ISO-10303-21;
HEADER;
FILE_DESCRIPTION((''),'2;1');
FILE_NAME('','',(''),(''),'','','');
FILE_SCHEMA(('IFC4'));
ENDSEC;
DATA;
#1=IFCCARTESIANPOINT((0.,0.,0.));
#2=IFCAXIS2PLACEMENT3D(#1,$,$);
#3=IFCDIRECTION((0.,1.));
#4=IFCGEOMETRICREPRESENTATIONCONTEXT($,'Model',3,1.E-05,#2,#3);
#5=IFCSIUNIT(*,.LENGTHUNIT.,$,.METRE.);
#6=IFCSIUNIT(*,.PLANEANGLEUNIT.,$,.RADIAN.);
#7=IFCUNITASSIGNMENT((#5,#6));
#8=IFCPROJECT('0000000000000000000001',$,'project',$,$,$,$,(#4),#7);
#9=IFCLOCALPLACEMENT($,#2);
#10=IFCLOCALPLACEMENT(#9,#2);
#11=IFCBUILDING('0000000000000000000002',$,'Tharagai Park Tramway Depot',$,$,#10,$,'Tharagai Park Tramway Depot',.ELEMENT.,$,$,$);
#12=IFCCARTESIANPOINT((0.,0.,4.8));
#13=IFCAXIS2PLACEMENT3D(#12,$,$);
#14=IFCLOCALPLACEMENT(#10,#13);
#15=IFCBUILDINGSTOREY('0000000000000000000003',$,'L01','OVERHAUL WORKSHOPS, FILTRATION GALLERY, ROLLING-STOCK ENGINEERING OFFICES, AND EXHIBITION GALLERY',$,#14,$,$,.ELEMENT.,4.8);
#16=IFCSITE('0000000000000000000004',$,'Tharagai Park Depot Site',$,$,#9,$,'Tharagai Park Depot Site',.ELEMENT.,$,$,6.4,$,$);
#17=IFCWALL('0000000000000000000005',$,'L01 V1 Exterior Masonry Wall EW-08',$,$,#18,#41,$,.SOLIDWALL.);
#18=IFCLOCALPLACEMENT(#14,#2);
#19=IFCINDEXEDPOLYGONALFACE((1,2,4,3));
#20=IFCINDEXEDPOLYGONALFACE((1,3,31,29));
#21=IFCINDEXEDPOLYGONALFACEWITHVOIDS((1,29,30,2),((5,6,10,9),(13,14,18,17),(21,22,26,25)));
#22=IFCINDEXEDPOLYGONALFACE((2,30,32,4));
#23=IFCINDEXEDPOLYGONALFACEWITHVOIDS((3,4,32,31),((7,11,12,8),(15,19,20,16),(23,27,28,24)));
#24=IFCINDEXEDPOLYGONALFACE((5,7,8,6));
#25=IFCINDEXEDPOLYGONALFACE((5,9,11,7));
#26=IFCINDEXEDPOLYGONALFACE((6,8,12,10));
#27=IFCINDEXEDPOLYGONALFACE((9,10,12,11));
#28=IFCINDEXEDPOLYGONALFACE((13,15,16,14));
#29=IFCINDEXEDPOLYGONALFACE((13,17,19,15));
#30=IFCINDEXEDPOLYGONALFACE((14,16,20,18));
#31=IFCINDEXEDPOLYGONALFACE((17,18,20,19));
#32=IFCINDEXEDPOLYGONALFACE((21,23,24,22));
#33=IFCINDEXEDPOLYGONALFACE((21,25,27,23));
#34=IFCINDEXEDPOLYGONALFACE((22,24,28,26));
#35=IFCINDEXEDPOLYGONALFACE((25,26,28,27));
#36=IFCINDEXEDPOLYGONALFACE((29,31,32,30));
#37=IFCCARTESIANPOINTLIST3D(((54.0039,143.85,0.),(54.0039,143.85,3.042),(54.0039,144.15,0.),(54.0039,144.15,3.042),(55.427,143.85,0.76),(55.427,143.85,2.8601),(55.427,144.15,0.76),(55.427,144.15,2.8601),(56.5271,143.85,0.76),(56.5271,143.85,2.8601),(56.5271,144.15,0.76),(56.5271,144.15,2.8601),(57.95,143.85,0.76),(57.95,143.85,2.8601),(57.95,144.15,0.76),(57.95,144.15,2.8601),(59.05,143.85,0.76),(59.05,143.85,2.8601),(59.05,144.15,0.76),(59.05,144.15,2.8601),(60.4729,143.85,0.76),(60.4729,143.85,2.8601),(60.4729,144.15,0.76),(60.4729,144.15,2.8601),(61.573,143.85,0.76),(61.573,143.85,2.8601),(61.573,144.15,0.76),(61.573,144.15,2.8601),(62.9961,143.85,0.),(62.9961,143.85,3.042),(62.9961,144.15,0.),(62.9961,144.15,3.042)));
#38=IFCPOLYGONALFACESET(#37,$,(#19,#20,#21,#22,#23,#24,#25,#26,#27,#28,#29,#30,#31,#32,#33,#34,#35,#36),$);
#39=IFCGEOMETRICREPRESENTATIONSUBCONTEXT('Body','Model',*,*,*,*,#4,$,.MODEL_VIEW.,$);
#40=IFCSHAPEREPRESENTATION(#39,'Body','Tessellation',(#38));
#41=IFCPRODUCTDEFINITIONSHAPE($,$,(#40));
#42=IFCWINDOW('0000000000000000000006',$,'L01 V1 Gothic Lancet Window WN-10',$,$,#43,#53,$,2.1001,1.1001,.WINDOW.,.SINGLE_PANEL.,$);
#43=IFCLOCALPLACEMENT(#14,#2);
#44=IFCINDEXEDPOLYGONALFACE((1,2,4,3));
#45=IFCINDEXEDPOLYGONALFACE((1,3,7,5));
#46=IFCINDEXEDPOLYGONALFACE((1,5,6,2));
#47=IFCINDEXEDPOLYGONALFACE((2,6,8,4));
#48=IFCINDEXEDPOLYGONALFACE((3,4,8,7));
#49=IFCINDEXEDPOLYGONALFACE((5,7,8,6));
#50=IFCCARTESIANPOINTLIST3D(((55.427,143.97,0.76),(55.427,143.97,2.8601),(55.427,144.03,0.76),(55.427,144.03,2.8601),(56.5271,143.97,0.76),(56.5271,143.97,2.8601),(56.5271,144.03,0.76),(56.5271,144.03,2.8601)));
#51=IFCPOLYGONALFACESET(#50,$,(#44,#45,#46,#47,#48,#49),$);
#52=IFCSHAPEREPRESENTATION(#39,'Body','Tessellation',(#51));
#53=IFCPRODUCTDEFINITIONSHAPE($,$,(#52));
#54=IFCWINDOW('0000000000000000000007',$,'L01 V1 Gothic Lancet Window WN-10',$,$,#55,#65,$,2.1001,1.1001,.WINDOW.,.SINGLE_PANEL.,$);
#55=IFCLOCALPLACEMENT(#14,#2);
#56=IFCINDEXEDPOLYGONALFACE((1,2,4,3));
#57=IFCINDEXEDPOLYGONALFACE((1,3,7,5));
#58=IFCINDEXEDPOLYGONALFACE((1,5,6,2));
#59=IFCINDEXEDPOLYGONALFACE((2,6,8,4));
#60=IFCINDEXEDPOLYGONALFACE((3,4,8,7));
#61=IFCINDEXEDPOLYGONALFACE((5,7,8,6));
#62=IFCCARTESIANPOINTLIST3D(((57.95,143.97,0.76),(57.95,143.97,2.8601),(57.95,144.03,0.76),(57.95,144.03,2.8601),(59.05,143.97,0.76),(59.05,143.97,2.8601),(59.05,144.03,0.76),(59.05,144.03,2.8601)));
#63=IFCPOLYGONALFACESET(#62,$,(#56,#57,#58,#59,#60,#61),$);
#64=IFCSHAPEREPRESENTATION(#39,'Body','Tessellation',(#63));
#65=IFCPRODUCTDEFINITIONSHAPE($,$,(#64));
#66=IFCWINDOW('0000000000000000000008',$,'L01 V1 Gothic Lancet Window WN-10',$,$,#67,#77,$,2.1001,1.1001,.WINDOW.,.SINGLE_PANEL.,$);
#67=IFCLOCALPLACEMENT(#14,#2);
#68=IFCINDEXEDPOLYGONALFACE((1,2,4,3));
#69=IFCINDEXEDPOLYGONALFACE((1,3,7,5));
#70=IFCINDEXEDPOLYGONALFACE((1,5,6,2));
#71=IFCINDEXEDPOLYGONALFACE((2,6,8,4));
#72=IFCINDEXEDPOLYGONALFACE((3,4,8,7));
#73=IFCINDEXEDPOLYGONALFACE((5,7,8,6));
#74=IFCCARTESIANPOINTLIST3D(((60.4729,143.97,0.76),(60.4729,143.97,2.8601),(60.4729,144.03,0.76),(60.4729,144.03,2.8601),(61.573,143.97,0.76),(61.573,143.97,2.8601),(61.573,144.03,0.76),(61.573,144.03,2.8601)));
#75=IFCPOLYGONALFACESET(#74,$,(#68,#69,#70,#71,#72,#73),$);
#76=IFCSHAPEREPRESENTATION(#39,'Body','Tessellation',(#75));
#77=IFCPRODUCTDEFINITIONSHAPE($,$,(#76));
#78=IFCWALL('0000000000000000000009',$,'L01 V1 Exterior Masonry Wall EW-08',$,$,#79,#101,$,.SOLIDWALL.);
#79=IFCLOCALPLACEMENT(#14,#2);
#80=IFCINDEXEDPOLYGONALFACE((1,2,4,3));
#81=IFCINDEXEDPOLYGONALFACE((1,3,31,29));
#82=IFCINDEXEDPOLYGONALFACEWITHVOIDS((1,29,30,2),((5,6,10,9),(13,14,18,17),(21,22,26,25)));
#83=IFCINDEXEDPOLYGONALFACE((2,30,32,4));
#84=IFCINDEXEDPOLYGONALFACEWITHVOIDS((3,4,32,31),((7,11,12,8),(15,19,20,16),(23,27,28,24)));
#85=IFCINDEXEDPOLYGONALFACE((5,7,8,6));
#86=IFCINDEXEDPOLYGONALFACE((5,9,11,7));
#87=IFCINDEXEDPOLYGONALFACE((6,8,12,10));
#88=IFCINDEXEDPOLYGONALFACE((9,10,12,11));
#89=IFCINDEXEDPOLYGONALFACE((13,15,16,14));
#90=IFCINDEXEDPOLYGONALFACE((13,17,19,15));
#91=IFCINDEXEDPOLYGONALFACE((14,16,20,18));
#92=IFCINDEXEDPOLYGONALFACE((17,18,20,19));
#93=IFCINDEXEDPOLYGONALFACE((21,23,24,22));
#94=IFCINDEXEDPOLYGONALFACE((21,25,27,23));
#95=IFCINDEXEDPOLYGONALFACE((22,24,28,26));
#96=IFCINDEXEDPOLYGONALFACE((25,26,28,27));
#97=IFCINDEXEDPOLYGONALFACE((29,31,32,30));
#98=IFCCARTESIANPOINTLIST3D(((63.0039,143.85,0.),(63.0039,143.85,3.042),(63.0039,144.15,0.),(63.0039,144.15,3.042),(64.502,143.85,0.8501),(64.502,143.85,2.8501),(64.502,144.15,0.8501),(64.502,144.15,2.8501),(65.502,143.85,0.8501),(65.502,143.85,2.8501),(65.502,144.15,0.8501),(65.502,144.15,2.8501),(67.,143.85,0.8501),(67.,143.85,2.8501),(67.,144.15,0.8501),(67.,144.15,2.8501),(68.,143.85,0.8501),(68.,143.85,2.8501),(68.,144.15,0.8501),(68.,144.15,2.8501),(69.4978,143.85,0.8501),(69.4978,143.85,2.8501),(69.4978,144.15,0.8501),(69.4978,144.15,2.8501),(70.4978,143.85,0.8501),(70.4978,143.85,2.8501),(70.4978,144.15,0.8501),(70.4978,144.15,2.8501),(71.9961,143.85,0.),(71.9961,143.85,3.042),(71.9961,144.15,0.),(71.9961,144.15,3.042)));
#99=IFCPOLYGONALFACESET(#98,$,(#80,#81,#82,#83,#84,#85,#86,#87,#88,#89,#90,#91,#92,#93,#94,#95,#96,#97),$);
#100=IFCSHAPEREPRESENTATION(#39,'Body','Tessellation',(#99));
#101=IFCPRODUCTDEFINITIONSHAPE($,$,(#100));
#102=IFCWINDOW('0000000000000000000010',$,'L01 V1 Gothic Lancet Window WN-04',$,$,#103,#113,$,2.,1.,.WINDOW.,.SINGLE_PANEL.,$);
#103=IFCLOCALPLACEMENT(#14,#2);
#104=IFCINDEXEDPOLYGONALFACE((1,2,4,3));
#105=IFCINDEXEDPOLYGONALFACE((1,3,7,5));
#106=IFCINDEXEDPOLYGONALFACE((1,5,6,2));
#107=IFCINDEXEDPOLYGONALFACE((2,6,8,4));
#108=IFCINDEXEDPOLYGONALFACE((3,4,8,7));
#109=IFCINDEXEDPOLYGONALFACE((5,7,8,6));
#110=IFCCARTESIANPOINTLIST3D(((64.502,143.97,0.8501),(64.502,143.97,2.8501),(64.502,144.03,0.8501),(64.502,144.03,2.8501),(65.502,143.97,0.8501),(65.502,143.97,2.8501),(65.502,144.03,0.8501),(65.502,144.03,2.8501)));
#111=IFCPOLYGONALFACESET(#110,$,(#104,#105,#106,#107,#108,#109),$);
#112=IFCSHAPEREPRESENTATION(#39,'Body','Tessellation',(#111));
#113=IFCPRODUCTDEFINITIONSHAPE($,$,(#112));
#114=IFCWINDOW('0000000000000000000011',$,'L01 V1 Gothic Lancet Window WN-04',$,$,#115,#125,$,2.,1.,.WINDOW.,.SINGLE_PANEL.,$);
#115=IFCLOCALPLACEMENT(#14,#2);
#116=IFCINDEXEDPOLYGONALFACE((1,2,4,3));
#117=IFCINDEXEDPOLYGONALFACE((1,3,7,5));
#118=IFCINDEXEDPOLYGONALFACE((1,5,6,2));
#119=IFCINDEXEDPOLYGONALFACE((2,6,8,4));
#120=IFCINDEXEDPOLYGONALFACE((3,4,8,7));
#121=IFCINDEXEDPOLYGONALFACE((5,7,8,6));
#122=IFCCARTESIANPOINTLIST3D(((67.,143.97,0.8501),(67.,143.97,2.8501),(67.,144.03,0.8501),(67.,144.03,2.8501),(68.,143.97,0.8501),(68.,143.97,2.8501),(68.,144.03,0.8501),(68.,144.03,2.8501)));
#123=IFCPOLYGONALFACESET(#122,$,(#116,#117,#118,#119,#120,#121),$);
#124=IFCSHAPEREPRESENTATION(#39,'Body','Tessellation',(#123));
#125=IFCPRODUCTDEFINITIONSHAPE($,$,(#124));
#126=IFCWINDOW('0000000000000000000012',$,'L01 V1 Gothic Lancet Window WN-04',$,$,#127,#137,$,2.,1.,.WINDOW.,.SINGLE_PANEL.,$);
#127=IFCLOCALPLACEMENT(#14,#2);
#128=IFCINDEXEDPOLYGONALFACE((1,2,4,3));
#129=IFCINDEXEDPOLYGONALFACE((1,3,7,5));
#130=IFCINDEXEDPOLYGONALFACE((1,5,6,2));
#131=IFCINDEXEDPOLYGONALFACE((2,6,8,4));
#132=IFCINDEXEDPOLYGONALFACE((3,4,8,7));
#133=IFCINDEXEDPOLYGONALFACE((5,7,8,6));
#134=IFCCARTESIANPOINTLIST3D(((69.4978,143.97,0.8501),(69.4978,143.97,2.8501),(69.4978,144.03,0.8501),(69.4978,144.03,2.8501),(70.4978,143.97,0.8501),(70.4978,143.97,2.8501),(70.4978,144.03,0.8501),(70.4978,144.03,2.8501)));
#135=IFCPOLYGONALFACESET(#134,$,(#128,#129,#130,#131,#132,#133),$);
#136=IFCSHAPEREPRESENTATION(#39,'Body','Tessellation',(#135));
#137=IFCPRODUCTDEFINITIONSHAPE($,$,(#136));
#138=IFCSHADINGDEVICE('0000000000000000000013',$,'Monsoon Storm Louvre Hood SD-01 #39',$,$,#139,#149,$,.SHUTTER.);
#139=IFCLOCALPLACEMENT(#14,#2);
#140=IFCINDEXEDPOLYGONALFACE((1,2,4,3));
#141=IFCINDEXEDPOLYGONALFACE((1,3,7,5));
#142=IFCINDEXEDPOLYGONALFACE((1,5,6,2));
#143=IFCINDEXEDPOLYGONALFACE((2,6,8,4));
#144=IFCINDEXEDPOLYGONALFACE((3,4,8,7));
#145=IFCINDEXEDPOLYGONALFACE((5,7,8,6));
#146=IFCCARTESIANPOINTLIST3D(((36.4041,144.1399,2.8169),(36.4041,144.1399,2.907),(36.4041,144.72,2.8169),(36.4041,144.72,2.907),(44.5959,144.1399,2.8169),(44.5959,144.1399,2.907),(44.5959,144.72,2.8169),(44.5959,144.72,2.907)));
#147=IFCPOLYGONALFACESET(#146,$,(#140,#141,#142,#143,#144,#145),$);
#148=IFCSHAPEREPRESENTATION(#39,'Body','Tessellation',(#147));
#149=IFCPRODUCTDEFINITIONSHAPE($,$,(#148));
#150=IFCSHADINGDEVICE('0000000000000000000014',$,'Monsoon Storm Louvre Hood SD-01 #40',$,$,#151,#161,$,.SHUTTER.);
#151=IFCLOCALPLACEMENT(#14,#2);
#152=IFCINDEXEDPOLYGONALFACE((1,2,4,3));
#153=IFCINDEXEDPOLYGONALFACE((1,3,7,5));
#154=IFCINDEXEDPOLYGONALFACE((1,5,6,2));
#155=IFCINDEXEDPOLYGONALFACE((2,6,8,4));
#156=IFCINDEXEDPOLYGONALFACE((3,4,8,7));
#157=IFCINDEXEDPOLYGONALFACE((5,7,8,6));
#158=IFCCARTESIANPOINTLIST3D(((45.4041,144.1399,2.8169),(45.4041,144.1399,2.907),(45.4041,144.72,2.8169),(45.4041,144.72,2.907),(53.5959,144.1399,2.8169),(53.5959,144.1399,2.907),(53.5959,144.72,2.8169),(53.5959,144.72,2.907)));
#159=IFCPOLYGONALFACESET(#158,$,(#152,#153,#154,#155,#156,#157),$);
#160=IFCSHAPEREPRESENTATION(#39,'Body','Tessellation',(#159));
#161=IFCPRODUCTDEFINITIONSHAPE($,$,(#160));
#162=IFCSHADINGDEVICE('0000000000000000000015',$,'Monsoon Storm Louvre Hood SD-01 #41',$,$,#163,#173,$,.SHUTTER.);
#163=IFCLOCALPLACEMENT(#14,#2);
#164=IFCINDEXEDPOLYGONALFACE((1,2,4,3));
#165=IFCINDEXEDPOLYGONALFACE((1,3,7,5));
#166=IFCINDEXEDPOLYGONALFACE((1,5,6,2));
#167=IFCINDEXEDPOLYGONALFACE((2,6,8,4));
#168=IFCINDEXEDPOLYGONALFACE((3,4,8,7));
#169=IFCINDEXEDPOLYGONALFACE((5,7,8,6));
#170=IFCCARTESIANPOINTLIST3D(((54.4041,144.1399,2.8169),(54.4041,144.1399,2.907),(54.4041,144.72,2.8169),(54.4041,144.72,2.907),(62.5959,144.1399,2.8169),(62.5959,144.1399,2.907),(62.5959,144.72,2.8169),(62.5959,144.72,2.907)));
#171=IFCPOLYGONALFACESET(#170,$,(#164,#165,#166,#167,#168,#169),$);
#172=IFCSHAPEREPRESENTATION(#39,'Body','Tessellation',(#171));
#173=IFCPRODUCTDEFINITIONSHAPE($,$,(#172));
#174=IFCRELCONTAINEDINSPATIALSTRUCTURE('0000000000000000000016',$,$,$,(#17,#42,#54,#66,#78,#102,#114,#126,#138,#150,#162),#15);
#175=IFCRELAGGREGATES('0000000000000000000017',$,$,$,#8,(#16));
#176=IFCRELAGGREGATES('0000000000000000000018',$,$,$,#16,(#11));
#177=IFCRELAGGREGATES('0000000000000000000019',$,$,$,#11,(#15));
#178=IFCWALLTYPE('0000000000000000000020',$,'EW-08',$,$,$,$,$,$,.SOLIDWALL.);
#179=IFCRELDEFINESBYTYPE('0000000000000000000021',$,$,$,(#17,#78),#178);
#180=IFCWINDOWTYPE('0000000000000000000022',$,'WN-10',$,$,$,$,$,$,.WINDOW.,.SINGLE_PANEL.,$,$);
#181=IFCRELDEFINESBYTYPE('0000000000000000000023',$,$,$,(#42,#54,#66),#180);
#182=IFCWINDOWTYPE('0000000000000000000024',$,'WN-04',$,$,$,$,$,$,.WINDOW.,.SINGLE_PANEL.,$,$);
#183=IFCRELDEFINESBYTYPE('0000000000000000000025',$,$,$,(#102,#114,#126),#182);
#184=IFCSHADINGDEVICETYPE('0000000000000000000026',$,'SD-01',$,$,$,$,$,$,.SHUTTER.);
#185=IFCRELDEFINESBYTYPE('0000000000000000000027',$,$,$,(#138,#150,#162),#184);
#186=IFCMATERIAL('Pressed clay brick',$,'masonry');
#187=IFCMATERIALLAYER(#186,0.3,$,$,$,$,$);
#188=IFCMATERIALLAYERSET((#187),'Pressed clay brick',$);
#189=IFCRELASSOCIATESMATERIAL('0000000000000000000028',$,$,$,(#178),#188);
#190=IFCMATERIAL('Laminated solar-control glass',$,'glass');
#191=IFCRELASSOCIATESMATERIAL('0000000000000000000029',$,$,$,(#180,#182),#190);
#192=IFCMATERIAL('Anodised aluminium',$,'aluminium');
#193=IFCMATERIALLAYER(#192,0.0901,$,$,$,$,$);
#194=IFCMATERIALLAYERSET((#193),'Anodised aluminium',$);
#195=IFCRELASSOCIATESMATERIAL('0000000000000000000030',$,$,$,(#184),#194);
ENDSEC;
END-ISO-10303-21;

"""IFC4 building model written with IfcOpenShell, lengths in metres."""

from ifc_helpers import new_model, si_unit, direction, frame, frame_2d, origin, origin_2d, place, context, subcontext, project, spatial, rectangle, extrude, material, layer, layer_set, type_object, element, fill, save


model = new_model("IFC4")

# Units and contexts
model_context = context("Model", 3, precision=1e-05, world=origin(), true_north=direction((0.0, 1.0)))
body_context = subcontext(model_context, "Body", "Model", "MODEL_VIEW")
ifc_project = project(units=[si_unit("LENGTHUNIT", "METRE"), si_unit("PLANEANGLEUNIT", "RADIAN")], contexts=[model_context])

# Site, building, storey
site_placement = place(None, origin())
site = spatial("IfcSite", under=ifc_project, at=site_placement, Name="Tharagai Park Depot Site", LongName="Tharagai Park Depot Site", CompositionType="ELEMENT", RefElevation=6.4)
building_placement = place(site_placement, origin())
building = spatial("IfcBuilding", under=site, at=building_placement, Name="Tharagai Park Tramway Depot", LongName="Tharagai Park Tramway Depot", CompositionType="ELEMENT")
storey_placement = place(building_placement, frame((0.0, 0.0, 4.8)))
storey = spatial("IfcBuildingStorey", under=building, at=storey_placement, Name="L01", Description="OVERHAUL WORKSHOPS, FILTRATION GALLERY, ROLLING-STOCK ENGINEERING OFFICES, AND EXHIBITION GALLERY", CompositionType="ELEMENT", Elevation=4.8)

# Walls, openings, windows
ifc_material_1 = material(Name="Pressed clay brick", Category="masonry")
ifc_layer_1 = layer(ifc_material_1, 0.3)
ifc_layer_set_1 = layer_set([ifc_layer_1], Name="Pressed clay brick")
wall_type = type_object("IfcWallType", Name="EW-08", PredefinedType="SOLIDWALL", material=ifc_layer_set_1)
ifc_material_2 = material(Name="Laminated solar-control glass", Category="glass")
wall_1_placement = place(storey_placement, frame((54.0039, 144.0, 0.0), z_axis=(0.0, 0.0, 1.0), x_axis=(1.0, 0.0, 0.0)))
wall_1 = element("IfcWall", 1, at=wall_1_placement, inside=storey, type_object=wall_type, Name="L01 V1 Exterior Masonry Wall EW-08", PredefinedType="SOLIDWALL", context=body_context, shape_type="SweptSolid", body=[
    extrude(rectangle(XDim=8.9922, YDim=0.3, at=frame_2d((4.4961, 0.0))), origin(), (0.0, 0.0, 1.0), 3.042),
])
opening_1_placement = place(wall_1_placement, frame((1.4231, 0.0, 0.76)))
opening_1 = element("IfcOpeningElement", 2, at=opening_1_placement, cuts=wall_1, PredefinedType="OPENING", context=body_context, shape_type="SweptSolid", body=[
    extrude(rectangle(XDim=1.1001, YDim=2.1001, at=frame_2d((0.55, 1.05))), frame((0.0, 0.1599, 0.0), z_axis=(0.0, -1.0, 0.0), x_axis=(1.0, 0.0, 0.0)), (0.0, 0.0, 1.0), 0.3201),
])
opening_2_placement = place(wall_1_placement, frame((3.946, 0.0, 0.76)))
opening_2 = element("IfcOpeningElement", 3, at=opening_2_placement, cuts=wall_1, PredefinedType="OPENING", context=body_context, shape_type="SweptSolid", body=[
    extrude(rectangle(XDim=1.1001, YDim=2.1001, at=frame_2d((0.55, 1.05))), frame((0.0, 0.1599, 0.0), z_axis=(0.0, -1.0, 0.0), x_axis=(1.0, 0.0, 0.0)), (0.0, 0.0, 1.0), 0.3201),
])
opening_3_placement = place(wall_1_placement, frame((6.469, 0.0, 0.76)))
opening_3 = element("IfcOpeningElement", 4, at=opening_3_placement, cuts=wall_1, PredefinedType="OPENING", context=body_context, shape_type="SweptSolid", body=[
    extrude(rectangle(XDim=1.1001, YDim=2.1001, at=frame_2d((0.55, 1.05))), frame((0.0, 0.1599, 0.0), z_axis=(0.0, -1.0, 0.0), x_axis=(1.0, 0.0, 0.0)), (0.0, 0.0, 1.0), 0.3201),
])
window_type_1 = type_object("IfcWindowType", Name="WN-10", PartitioningType="SINGLE_PANEL", PredefinedType="WINDOW", material=ifc_material_2)
window_1_placement = place(opening_1_placement, origin())
window_1 = element("IfcWindow", 5, at=window_1_placement, inside=storey, type_object=window_type_1, Name="L01 V1 Gothic Lancet Window WN-10", OverallHeight=2.1001, OverallWidth=1.1001, PartitioningType="SINGLE_PANEL", PredefinedType="WINDOW", context=body_context, shape_type="SweptSolid", body=[
    extrude(rectangle(XDim=1.1001, YDim=2.1001, at=frame_2d((0.55, 1.05))), frame((0.0, 0.03, 0.0), z_axis=(0.0, -1.0, 0.0), x_axis=(1.0, 0.0, 0.0)), (0.0, 0.0, 1.0), 0.0601),
])
fill(opening_1, window_1)
window_2_placement = place(opening_2_placement, origin())
window_2 = element("IfcWindow", 6, at=window_2_placement, inside=storey, type_object=window_type_1, Name="L01 V1 Gothic Lancet Window WN-10", OverallHeight=2.1001, OverallWidth=1.1001, PartitioningType="SINGLE_PANEL", PredefinedType="WINDOW", context=body_context, shape_type="SweptSolid", body=[
    extrude(rectangle(XDim=1.1001, YDim=2.1001, at=frame_2d((0.55, 1.05))), frame((0.0, 0.03, 0.0), z_axis=(0.0, -1.0, 0.0), x_axis=(1.0, 0.0, 0.0)), (0.0, 0.0, 1.0), 0.0601),
])
fill(opening_2, window_2)
window_3_placement = place(opening_3_placement, origin())
window_3 = element("IfcWindow", 7, at=window_3_placement, inside=storey, type_object=window_type_1, Name="L01 V1 Gothic Lancet Window WN-10", OverallHeight=2.1001, OverallWidth=1.1001, PartitioningType="SINGLE_PANEL", PredefinedType="WINDOW", context=body_context, shape_type="SweptSolid", body=[
    extrude(rectangle(XDim=1.1001, YDim=2.1001, at=frame_2d((0.55, 1.05))), frame((0.0, 0.03, 0.0), z_axis=(0.0, -1.0, 0.0), x_axis=(1.0, 0.0, 0.0)), (0.0, 0.0, 1.0), 0.0601),
])
fill(opening_3, window_3)
wall_2_placement = place(storey_placement, frame((63.0039, 144.0, 0.0), z_axis=(0.0, 0.0, 1.0), x_axis=(1.0, 0.0, 0.0)))
wall_2 = element("IfcWall", 8, at=wall_2_placement, inside=storey, type_object=wall_type, Name="L01 V1 Exterior Masonry Wall EW-08", PredefinedType="SOLIDWALL", context=body_context, shape_type="SweptSolid", body=[
    extrude(rectangle(XDim=8.9922, YDim=0.3, at=frame_2d((4.4961, 0.0))), origin(), (0.0, 0.0, 1.0), 3.042),
])
opening_4_placement = place(wall_2_placement, frame((1.498, 0.0, 0.8501)))
opening_4 = element("IfcOpeningElement", 9, at=opening_4_placement, cuts=wall_2, PredefinedType="OPENING", context=body_context, shape_type="SweptSolid", body=[
    extrude(rectangle(XDim=1.0, YDim=2.0, at=frame_2d((0.5, 1.0))), frame((0.0, 0.1599, 0.0), z_axis=(0.0, -1.0, 0.0), x_axis=(1.0, 0.0, 0.0)), (0.0, 0.0, 1.0), 0.3201),
])
opening_5_placement = place(wall_2_placement, frame((3.9961, 0.0, 0.8501)))
opening_5 = element("IfcOpeningElement", 10, at=opening_5_placement, cuts=wall_2, PredefinedType="OPENING", context=body_context, shape_type="SweptSolid", body=[
    extrude(rectangle(XDim=1.0, YDim=2.0, at=frame_2d((0.5, 1.0))), frame((0.0, 0.1599, 0.0), z_axis=(0.0, -1.0, 0.0), x_axis=(1.0, 0.0, 0.0)), (0.0, 0.0, 1.0), 0.3201),
])
opening_6_placement = place(wall_2_placement, frame((6.4939, 0.0, 0.8501)))
opening_6 = element("IfcOpeningElement", 11, at=opening_6_placement, cuts=wall_2, PredefinedType="OPENING", context=body_context, shape_type="SweptSolid", body=[
    extrude(rectangle(XDim=1.0, YDim=2.0, at=frame_2d((0.5, 1.0))), frame((0.0, 0.1599, 0.0), z_axis=(0.0, -1.0, 0.0), x_axis=(1.0, 0.0, 0.0)), (0.0, 0.0, 1.0), 0.3201),
])
window_type_2 = type_object("IfcWindowType", Name="WN-04", PartitioningType="SINGLE_PANEL", PredefinedType="WINDOW", material=ifc_material_2)
window_4_placement = place(opening_4_placement, origin())
window_4 = element("IfcWindow", 12, at=window_4_placement, inside=storey, type_object=window_type_2, Name="L01 V1 Gothic Lancet Window WN-04", OverallHeight=2.0, OverallWidth=1.0, PartitioningType="SINGLE_PANEL", PredefinedType="WINDOW", context=body_context, shape_type="SweptSolid", body=[
    extrude(rectangle(XDim=1.0, YDim=2.0, at=frame_2d((0.5, 1.0))), frame((0.0, 0.03, 0.0), z_axis=(0.0, -1.0, 0.0), x_axis=(1.0, 0.0, 0.0)), (0.0, 0.0, 1.0), 0.0601),
])
fill(opening_4, window_4)
window_5_placement = place(opening_5_placement, origin())
window_5 = element("IfcWindow", 13, at=window_5_placement, inside=storey, type_object=window_type_2, Name="L01 V1 Gothic Lancet Window WN-04", OverallHeight=2.0, OverallWidth=1.0, PartitioningType="SINGLE_PANEL", PredefinedType="WINDOW", context=body_context, shape_type="SweptSolid", body=[
    extrude(rectangle(XDim=1.0, YDim=2.0, at=frame_2d((0.5, 1.0))), frame((0.0, 0.03, 0.0), z_axis=(0.0, -1.0, 0.0), x_axis=(1.0, 0.0, 0.0)), (0.0, 0.0, 1.0), 0.0601),
])
fill(opening_5, window_5)
window_6_placement = place(opening_6_placement, origin())
window_6 = element("IfcWindow", 14, at=window_6_placement, inside=storey, type_object=window_type_2, Name="L01 V1 Gothic Lancet Window WN-04", OverallHeight=2.0, OverallWidth=1.0, PartitioningType="SINGLE_PANEL", PredefinedType="WINDOW", context=body_context, shape_type="SweptSolid", body=[
    extrude(rectangle(XDim=1.0, YDim=2.0, at=frame_2d((0.5, 1.0))), frame((0.0, 0.03, 0.0), z_axis=(0.0, -1.0, 0.0), x_axis=(1.0, 0.0, 0.0)), (0.0, 0.0, 1.0), 0.0601),
])
fill(opening_6, window_6)

# Shading devices
ifc_material_3 = material(Name="Anodised aluminium", Category="aluminium")
ifc_layer_2 = layer(ifc_material_3, 0.0901)
ifc_layer_set_2 = layer_set([ifc_layer_2], Name="Anodised aluminium")
shading_device_type = type_object("IfcShadingDeviceType", Name="SD-01", PredefinedType="SHUTTER", material=ifc_layer_set_2)
for number, where, z_axis, x_axis, name in (
    (15, (40.5, 144.4299, 2.8169), (0.0, 0.0, 1.0), (1.0, 0.0, 0.0), "Monsoon Storm Louvre Hood SD-01 #39"),
    (16, (49.5, 144.4299, 2.8169), (0.0, 0.0, 1.0), (1.0, 0.0, 0.0), "Monsoon Storm Louvre Hood SD-01 #40"),
    (17, (58.5, 144.4299, 2.8169), (0.0, 0.0, 1.0), (1.0, 0.0, 0.0), "Monsoon Storm Louvre Hood SD-01 #41"),
):
    element("IfcShadingDevice", number, at=place(storey_placement, frame(where, z_axis=z_axis, x_axis=x_axis)), inside=storey, type_object=shading_device_type, Name=name, PredefinedType="SHUTTER", context=body_context, shape_type="SweptSolid", body=[
        extrude(rectangle(XDim=8.1919, YDim=0.5801, at=origin_2d()), origin(), (0.0, 0.0, 1.0), 0.0901),
    ])

save(model, "model.ifc")
